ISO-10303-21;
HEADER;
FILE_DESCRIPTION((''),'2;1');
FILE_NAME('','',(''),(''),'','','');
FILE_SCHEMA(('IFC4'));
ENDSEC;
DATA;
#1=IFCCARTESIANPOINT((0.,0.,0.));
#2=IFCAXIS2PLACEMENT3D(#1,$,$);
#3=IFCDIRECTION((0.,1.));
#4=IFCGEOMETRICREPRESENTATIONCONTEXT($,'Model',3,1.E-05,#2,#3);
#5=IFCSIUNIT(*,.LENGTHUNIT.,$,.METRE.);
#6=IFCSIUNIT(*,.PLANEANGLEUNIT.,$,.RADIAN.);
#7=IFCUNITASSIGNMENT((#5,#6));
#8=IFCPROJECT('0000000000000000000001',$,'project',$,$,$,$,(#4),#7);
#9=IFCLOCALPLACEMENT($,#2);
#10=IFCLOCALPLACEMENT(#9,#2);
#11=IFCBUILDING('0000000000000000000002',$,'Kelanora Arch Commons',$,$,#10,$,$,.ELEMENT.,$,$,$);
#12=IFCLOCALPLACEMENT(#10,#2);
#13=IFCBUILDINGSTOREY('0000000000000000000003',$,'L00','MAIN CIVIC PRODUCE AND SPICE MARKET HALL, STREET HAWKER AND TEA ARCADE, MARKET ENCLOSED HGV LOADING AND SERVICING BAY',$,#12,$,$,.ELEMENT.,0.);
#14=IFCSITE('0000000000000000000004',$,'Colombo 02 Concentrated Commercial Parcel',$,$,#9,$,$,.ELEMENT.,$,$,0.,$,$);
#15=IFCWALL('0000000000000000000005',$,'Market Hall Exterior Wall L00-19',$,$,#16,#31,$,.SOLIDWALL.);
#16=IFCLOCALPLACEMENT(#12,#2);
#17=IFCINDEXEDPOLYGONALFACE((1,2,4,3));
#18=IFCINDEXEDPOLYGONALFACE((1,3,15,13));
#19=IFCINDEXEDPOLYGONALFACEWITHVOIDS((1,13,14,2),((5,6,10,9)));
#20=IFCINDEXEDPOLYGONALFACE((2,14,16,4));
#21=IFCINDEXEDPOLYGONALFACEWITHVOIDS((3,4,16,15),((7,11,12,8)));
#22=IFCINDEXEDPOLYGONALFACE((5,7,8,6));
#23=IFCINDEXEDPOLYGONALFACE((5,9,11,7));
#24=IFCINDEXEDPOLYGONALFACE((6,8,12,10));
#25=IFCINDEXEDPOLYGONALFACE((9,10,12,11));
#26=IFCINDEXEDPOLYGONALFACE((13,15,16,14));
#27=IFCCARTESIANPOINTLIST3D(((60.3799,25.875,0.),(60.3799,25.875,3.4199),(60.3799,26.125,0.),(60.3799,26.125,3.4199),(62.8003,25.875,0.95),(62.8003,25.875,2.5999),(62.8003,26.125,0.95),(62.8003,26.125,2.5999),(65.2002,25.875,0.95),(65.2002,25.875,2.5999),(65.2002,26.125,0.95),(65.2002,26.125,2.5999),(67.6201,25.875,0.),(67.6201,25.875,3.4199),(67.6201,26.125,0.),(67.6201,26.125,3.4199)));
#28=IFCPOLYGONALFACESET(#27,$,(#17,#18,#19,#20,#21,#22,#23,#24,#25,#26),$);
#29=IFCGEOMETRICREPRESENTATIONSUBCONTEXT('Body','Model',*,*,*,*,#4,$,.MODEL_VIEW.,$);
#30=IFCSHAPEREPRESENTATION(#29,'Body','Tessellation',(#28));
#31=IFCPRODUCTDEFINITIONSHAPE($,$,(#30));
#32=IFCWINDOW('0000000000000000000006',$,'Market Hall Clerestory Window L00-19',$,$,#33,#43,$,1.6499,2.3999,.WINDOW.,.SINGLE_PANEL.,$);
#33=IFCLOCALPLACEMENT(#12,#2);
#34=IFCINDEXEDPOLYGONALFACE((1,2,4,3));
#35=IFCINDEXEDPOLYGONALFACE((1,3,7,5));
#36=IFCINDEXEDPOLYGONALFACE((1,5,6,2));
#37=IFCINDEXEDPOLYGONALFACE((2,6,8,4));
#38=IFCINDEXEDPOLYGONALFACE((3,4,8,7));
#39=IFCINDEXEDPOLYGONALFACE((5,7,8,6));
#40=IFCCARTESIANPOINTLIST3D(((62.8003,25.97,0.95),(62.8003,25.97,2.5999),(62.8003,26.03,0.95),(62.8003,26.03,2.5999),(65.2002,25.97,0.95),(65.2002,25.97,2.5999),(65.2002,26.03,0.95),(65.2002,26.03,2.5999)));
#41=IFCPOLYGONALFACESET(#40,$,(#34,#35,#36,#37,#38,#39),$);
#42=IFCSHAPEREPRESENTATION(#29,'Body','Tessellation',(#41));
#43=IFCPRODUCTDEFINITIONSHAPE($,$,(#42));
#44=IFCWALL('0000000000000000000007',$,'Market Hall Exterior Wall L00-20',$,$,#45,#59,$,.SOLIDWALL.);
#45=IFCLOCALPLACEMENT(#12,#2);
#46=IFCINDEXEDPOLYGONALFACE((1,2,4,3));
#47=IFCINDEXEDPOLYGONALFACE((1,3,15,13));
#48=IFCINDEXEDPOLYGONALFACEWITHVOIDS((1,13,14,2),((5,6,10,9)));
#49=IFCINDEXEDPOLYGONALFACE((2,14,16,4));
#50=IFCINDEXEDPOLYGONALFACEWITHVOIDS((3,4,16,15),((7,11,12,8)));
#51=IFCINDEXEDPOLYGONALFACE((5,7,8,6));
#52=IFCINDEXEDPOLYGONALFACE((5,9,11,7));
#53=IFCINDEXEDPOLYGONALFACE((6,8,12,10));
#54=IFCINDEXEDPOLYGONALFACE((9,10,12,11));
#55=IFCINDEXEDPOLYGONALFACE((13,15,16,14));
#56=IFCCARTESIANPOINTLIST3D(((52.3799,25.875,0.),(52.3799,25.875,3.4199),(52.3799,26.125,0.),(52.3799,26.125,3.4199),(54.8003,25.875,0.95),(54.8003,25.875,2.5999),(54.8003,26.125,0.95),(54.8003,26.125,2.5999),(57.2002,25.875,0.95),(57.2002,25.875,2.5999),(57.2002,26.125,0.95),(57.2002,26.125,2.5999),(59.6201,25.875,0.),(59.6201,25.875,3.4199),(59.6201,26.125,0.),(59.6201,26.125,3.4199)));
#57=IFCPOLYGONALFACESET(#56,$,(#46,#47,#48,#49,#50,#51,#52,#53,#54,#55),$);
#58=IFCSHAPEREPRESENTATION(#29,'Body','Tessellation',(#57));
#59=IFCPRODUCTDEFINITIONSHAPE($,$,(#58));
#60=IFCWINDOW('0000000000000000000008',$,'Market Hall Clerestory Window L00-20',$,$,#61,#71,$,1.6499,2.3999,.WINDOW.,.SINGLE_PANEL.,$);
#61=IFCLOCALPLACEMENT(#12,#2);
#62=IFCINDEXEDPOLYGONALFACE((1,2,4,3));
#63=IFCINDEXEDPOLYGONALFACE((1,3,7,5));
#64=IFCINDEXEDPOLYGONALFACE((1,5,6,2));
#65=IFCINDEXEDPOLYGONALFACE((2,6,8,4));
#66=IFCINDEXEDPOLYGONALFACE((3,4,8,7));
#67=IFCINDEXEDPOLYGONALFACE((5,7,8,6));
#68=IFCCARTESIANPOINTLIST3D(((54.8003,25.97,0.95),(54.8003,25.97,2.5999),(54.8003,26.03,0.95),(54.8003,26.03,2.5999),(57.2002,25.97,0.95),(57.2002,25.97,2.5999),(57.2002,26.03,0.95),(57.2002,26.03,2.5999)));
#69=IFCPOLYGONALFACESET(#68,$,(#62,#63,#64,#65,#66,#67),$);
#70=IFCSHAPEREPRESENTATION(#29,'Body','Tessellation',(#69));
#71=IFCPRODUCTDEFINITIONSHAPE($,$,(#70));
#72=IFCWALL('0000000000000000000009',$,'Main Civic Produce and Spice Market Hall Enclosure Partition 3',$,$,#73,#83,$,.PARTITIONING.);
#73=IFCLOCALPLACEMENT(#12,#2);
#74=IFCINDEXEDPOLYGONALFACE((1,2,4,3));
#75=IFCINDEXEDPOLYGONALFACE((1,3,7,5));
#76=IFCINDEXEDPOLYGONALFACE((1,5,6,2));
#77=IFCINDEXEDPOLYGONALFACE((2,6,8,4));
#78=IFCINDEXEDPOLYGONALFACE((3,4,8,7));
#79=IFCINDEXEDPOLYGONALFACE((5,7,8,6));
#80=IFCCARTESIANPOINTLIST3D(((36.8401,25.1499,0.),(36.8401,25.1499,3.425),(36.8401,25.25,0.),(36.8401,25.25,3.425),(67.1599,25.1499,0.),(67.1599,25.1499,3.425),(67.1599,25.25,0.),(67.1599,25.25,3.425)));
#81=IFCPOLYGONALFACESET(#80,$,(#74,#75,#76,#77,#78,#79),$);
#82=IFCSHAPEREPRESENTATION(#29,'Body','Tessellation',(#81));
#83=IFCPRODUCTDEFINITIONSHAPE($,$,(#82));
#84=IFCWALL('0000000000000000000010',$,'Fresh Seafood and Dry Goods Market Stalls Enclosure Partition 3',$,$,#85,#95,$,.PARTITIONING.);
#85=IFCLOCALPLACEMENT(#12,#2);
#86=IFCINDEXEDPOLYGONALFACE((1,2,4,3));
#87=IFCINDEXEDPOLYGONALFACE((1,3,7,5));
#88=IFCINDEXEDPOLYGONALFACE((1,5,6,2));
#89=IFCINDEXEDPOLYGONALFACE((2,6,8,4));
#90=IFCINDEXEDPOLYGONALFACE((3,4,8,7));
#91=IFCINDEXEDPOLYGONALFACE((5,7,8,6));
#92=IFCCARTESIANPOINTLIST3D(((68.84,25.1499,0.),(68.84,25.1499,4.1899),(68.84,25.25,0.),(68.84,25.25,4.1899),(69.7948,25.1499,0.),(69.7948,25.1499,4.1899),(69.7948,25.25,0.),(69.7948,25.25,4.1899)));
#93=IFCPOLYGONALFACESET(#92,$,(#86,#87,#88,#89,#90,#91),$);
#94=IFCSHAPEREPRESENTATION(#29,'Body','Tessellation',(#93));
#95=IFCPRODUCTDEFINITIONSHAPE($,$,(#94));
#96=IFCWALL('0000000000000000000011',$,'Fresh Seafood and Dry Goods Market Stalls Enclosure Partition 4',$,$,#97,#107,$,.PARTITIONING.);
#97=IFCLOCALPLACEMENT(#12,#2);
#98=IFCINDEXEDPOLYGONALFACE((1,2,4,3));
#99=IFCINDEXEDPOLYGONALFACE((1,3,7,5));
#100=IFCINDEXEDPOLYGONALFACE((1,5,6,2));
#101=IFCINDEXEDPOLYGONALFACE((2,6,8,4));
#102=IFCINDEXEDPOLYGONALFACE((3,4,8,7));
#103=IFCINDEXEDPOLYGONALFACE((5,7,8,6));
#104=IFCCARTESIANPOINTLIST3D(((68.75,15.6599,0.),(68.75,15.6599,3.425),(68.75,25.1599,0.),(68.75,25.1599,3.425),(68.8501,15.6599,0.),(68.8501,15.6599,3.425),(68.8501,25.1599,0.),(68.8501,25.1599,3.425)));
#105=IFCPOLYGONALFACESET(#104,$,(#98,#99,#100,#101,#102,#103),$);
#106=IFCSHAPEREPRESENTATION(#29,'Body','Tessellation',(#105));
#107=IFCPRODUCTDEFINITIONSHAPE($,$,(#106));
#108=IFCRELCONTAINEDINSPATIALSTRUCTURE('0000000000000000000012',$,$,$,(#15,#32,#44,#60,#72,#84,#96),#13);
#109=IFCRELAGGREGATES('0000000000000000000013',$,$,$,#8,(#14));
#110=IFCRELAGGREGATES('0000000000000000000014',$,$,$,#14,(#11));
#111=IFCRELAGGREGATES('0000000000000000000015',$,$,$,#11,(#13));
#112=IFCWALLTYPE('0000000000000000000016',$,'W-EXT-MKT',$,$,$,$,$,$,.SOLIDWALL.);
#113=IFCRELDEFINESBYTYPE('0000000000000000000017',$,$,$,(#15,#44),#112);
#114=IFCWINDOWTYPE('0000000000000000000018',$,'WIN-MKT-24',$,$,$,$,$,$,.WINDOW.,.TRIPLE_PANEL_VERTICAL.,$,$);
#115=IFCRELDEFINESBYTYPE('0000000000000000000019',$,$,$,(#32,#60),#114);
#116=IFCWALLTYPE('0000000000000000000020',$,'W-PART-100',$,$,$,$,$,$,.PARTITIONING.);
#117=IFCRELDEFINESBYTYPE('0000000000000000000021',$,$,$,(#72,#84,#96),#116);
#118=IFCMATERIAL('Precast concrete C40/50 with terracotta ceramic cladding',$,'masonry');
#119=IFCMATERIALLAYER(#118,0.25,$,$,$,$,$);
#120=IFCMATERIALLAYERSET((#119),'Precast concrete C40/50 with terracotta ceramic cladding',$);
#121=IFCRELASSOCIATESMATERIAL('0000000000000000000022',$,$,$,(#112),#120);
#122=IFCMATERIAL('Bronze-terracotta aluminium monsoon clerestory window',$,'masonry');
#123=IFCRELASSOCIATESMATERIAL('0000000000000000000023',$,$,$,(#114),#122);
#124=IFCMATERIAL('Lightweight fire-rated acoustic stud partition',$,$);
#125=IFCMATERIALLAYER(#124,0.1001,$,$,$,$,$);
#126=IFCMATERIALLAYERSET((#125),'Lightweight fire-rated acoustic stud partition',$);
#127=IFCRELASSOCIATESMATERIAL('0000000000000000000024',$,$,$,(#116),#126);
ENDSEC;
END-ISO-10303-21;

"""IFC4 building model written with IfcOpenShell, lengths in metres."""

from ifc_helpers import new_model, si_unit, direction, frame, frame_2d, origin, place, context, subcontext, project, spatial, rectangle, extrude, material, layer, layer_set, type_object, element, fill, save


model = new_model("IFC4")

# Units and contexts
model_context = context("Model", 3, precision=1e-05, world=origin(), true_north=direction((0.0, 1.0)))
body_context = subcontext(model_context, "Body", "Model", "MODEL_VIEW")
ifc_project = project(units=[si_unit("LENGTHUNIT", "METRE"), si_unit("PLANEANGLEUNIT", "RADIAN")], contexts=[model_context])

# Site, building, storey
site_placement = place(None, origin())
site = spatial("IfcSite", under=ifc_project, at=site_placement, Name="Colombo 02 Concentrated Commercial Parcel", CompositionType="ELEMENT", RefElevation=0.0)
building_placement = place(site_placement, origin())
building = spatial("IfcBuilding", under=site, at=building_placement, Name="Kelanora Arch Commons", CompositionType="ELEMENT")
storey_placement = place(building_placement, origin())
storey = spatial("IfcBuildingStorey", under=building, at=storey_placement, Name="L00", Description="MAIN CIVIC PRODUCE AND SPICE MARKET HALL, STREET HAWKER AND TEA ARCADE, MARKET ENCLOSED HGV LOADING AND SERVICING BAY", CompositionType="ELEMENT", Elevation=0.0)

# Shared definitions
ifc_material_1 = material(Name="Precast concrete C40/50 with terracotta ceramic cladding", Category="masonry")
ifc_layer_1 = layer(ifc_material_1, 0.25)
ifc_layer_set_1 = layer_set([ifc_layer_1], Name="Precast concrete C40/50 with terracotta ceramic cladding")
wall_type_1 = type_object("IfcWallType", Name="W-EXT-MKT", PredefinedType="SOLIDWALL", material=ifc_layer_set_1)

# Walls, openings, windows
wall_1_placement = place(storey_placement, frame((67.6201, 26.0, 0.0), z_axis=(0.0, 0.0, 1.0), x_axis=(-1.0, 0.0, 0.0)))
wall_1 = element("IfcWall", 1, at=wall_1_placement, inside=storey, type_object=wall_type_1, Name="Market Hall Exterior Wall L00-19", PredefinedType="SOLIDWALL", context=body_context, shape_type="SweptSolid", body=[
    extrude(rectangle(XDim=7.2402, YDim=0.25, at=frame_2d((3.6201, 0.0))), origin(), (0.0, 0.0, 1.0), 3.4199),
])
opening_1_placement = place(wall_1_placement, frame((2.4199, 0.0, 0.95)))
opening_1 = element("IfcOpeningElement", 2, at=opening_1_placement, cuts=wall_1, PredefinedType="OPENING", context=body_context, shape_type="SweptSolid", body=[
    extrude(rectangle(XDim=2.3999, YDim=1.6499, at=frame_2d((1.2, 0.825))), frame((0.0, 0.135, 0.0), z_axis=(0.0, -1.0, 0.0), x_axis=(1.0, 0.0, 0.0)), (0.0, 0.0, 1.0), 0.27),
])
ifc_material_2 = material(Name="Bronze-terracotta aluminium monsoon clerestory window", Category="masonry")
window_type = type_object("IfcWindowType", Name="WIN-MKT-24", PartitioningType="TRIPLE_PANEL_VERTICAL", PredefinedType="WINDOW", material=ifc_material_2)
window_1_placement = place(opening_1_placement, origin())
window_1 = element("IfcWindow", 3, at=window_1_placement, inside=storey, type_object=window_type, Name="Market Hall Clerestory Window L00-19", OverallHeight=1.6499, OverallWidth=2.3999, PartitioningType="SINGLE_PANEL", PredefinedType="WINDOW", context=body_context, shape_type="SweptSolid", body=[
    extrude(rectangle(XDim=2.3999, YDim=1.6499, at=frame_2d((1.2, 0.825))), frame((0.0, 0.03, 0.0), z_axis=(0.0, -1.0, 0.0), x_axis=(1.0, 0.0, 0.0)), (0.0, 0.0, 1.0), 0.0601),
])
fill(opening_1, window_1)
wall_2_placement = place(storey_placement, frame((59.6201, 26.0, 0.0), z_axis=(0.0, 0.0, 1.0), x_axis=(-1.0, 0.0, 0.0)))
wall_2 = element("IfcWall", 4, at=wall_2_placement, inside=storey, type_object=wall_type_1, Name="Market Hall Exterior Wall L00-20", PredefinedType="SOLIDWALL", context=body_context, shape_type="SweptSolid", body=[
    extrude(rectangle(XDim=7.2402, YDim=0.25, at=frame_2d((3.6201, 0.0))), origin(), (0.0, 0.0, 1.0), 3.4199),
])
opening_2_placement = place(wall_2_placement, frame((2.4199, 0.0, 0.95)))
opening_2 = element("IfcOpeningElement", 5, at=opening_2_placement, cuts=wall_2, PredefinedType="OPENING", context=body_context, shape_type="SweptSolid", body=[
    extrude(rectangle(XDim=2.3999, YDim=1.6499, at=frame_2d((1.2, 0.825))), frame((0.0, 0.135, 0.0), z_axis=(0.0, -1.0, 0.0), x_axis=(1.0, 0.0, 0.0)), (0.0, 0.0, 1.0), 0.27),
])
window_2_placement = place(opening_2_placement, origin())
window_2 = element("IfcWindow", 6, at=window_2_placement, inside=storey, type_object=window_type, Name="Market Hall Clerestory Window L00-20", OverallHeight=1.6499, OverallWidth=2.3999, PartitioningType="SINGLE_PANEL", PredefinedType="WINDOW", context=body_context, shape_type="SweptSolid", body=[
    extrude(rectangle(XDim=2.3999, YDim=1.6499, at=frame_2d((1.2, 0.825))), frame((0.0, 0.03, 0.0), z_axis=(0.0, -1.0, 0.0), x_axis=(1.0, 0.0, 0.0)), (0.0, 0.0, 1.0), 0.0601),
])
fill(opening_2, window_2)

# Walls
ifc_material_3 = material(Name="Lightweight fire-rated acoustic stud partition")
ifc_layer_2 = layer(ifc_material_3, 0.1001)
ifc_layer_set_2 = layer_set([ifc_layer_2], Name="Lightweight fire-rated acoustic stud partition")
wall_type_2 = type_object("IfcWallType", Name="W-PART-100", PredefinedType="PARTITIONING", material=ifc_layer_set_2)
wall_3_placement = place(storey_placement, frame((67.1599, 25.2, 0.0), z_axis=(0.0, 0.0, 1.0), x_axis=(-1.0, 0.0, 0.0)))
element("IfcWall", 7, at=wall_3_placement, inside=storey, type_object=wall_type_2, Name="Main Civic Produce and Spice Market Hall Enclosure Partition 3", PredefinedType="PARTITIONING", context=body_context, shape_type="SweptSolid", body=[
    extrude(rectangle(XDim=30.3198, YDim=0.1001, at=frame_2d((15.1599, 0.0))), origin(), (0.0, 0.0, 1.0), 3.425),
])
wall_4_placement = place(storey_placement, frame((69.7949, 25.2, 0.0), z_axis=(0.0, 0.0, 1.0), x_axis=(-1.0, 0.0, 0.0)))
element("IfcWall", 8, at=wall_4_placement, inside=storey, type_object=wall_type_2, Name="Fresh Seafood and Dry Goods Market Stalls Enclosure Partition 3", PredefinedType="PARTITIONING", context=body_context, shape_type="SweptSolid", body=[
    extrude(rectangle(XDim=0.9548, YDim=0.1001, at=frame_2d((0.4775, 0.0))), origin(), (0.0, 0.0, 1.0), 4.1899),
])
wall_5_placement = place(storey_placement, frame((68.8, 25.1599, 0.0), z_axis=(0.0, 0.0, 1.0), x_axis=(0.0, -1.0, 0.0)))
element("IfcWall", 9, at=wall_5_placement, inside=storey, type_object=wall_type_2, Name="Fresh Seafood and Dry Goods Market Stalls Enclosure Partition 4", PredefinedType="PARTITIONING", context=body_context, shape_type="SweptSolid", body=[
    extrude(rectangle(XDim=9.5, YDim=0.1001, at=frame_2d((4.75, 0.0))), origin(), (0.0, 0.0, 1.0), 3.425),
])

save(model, "model.ifc")
